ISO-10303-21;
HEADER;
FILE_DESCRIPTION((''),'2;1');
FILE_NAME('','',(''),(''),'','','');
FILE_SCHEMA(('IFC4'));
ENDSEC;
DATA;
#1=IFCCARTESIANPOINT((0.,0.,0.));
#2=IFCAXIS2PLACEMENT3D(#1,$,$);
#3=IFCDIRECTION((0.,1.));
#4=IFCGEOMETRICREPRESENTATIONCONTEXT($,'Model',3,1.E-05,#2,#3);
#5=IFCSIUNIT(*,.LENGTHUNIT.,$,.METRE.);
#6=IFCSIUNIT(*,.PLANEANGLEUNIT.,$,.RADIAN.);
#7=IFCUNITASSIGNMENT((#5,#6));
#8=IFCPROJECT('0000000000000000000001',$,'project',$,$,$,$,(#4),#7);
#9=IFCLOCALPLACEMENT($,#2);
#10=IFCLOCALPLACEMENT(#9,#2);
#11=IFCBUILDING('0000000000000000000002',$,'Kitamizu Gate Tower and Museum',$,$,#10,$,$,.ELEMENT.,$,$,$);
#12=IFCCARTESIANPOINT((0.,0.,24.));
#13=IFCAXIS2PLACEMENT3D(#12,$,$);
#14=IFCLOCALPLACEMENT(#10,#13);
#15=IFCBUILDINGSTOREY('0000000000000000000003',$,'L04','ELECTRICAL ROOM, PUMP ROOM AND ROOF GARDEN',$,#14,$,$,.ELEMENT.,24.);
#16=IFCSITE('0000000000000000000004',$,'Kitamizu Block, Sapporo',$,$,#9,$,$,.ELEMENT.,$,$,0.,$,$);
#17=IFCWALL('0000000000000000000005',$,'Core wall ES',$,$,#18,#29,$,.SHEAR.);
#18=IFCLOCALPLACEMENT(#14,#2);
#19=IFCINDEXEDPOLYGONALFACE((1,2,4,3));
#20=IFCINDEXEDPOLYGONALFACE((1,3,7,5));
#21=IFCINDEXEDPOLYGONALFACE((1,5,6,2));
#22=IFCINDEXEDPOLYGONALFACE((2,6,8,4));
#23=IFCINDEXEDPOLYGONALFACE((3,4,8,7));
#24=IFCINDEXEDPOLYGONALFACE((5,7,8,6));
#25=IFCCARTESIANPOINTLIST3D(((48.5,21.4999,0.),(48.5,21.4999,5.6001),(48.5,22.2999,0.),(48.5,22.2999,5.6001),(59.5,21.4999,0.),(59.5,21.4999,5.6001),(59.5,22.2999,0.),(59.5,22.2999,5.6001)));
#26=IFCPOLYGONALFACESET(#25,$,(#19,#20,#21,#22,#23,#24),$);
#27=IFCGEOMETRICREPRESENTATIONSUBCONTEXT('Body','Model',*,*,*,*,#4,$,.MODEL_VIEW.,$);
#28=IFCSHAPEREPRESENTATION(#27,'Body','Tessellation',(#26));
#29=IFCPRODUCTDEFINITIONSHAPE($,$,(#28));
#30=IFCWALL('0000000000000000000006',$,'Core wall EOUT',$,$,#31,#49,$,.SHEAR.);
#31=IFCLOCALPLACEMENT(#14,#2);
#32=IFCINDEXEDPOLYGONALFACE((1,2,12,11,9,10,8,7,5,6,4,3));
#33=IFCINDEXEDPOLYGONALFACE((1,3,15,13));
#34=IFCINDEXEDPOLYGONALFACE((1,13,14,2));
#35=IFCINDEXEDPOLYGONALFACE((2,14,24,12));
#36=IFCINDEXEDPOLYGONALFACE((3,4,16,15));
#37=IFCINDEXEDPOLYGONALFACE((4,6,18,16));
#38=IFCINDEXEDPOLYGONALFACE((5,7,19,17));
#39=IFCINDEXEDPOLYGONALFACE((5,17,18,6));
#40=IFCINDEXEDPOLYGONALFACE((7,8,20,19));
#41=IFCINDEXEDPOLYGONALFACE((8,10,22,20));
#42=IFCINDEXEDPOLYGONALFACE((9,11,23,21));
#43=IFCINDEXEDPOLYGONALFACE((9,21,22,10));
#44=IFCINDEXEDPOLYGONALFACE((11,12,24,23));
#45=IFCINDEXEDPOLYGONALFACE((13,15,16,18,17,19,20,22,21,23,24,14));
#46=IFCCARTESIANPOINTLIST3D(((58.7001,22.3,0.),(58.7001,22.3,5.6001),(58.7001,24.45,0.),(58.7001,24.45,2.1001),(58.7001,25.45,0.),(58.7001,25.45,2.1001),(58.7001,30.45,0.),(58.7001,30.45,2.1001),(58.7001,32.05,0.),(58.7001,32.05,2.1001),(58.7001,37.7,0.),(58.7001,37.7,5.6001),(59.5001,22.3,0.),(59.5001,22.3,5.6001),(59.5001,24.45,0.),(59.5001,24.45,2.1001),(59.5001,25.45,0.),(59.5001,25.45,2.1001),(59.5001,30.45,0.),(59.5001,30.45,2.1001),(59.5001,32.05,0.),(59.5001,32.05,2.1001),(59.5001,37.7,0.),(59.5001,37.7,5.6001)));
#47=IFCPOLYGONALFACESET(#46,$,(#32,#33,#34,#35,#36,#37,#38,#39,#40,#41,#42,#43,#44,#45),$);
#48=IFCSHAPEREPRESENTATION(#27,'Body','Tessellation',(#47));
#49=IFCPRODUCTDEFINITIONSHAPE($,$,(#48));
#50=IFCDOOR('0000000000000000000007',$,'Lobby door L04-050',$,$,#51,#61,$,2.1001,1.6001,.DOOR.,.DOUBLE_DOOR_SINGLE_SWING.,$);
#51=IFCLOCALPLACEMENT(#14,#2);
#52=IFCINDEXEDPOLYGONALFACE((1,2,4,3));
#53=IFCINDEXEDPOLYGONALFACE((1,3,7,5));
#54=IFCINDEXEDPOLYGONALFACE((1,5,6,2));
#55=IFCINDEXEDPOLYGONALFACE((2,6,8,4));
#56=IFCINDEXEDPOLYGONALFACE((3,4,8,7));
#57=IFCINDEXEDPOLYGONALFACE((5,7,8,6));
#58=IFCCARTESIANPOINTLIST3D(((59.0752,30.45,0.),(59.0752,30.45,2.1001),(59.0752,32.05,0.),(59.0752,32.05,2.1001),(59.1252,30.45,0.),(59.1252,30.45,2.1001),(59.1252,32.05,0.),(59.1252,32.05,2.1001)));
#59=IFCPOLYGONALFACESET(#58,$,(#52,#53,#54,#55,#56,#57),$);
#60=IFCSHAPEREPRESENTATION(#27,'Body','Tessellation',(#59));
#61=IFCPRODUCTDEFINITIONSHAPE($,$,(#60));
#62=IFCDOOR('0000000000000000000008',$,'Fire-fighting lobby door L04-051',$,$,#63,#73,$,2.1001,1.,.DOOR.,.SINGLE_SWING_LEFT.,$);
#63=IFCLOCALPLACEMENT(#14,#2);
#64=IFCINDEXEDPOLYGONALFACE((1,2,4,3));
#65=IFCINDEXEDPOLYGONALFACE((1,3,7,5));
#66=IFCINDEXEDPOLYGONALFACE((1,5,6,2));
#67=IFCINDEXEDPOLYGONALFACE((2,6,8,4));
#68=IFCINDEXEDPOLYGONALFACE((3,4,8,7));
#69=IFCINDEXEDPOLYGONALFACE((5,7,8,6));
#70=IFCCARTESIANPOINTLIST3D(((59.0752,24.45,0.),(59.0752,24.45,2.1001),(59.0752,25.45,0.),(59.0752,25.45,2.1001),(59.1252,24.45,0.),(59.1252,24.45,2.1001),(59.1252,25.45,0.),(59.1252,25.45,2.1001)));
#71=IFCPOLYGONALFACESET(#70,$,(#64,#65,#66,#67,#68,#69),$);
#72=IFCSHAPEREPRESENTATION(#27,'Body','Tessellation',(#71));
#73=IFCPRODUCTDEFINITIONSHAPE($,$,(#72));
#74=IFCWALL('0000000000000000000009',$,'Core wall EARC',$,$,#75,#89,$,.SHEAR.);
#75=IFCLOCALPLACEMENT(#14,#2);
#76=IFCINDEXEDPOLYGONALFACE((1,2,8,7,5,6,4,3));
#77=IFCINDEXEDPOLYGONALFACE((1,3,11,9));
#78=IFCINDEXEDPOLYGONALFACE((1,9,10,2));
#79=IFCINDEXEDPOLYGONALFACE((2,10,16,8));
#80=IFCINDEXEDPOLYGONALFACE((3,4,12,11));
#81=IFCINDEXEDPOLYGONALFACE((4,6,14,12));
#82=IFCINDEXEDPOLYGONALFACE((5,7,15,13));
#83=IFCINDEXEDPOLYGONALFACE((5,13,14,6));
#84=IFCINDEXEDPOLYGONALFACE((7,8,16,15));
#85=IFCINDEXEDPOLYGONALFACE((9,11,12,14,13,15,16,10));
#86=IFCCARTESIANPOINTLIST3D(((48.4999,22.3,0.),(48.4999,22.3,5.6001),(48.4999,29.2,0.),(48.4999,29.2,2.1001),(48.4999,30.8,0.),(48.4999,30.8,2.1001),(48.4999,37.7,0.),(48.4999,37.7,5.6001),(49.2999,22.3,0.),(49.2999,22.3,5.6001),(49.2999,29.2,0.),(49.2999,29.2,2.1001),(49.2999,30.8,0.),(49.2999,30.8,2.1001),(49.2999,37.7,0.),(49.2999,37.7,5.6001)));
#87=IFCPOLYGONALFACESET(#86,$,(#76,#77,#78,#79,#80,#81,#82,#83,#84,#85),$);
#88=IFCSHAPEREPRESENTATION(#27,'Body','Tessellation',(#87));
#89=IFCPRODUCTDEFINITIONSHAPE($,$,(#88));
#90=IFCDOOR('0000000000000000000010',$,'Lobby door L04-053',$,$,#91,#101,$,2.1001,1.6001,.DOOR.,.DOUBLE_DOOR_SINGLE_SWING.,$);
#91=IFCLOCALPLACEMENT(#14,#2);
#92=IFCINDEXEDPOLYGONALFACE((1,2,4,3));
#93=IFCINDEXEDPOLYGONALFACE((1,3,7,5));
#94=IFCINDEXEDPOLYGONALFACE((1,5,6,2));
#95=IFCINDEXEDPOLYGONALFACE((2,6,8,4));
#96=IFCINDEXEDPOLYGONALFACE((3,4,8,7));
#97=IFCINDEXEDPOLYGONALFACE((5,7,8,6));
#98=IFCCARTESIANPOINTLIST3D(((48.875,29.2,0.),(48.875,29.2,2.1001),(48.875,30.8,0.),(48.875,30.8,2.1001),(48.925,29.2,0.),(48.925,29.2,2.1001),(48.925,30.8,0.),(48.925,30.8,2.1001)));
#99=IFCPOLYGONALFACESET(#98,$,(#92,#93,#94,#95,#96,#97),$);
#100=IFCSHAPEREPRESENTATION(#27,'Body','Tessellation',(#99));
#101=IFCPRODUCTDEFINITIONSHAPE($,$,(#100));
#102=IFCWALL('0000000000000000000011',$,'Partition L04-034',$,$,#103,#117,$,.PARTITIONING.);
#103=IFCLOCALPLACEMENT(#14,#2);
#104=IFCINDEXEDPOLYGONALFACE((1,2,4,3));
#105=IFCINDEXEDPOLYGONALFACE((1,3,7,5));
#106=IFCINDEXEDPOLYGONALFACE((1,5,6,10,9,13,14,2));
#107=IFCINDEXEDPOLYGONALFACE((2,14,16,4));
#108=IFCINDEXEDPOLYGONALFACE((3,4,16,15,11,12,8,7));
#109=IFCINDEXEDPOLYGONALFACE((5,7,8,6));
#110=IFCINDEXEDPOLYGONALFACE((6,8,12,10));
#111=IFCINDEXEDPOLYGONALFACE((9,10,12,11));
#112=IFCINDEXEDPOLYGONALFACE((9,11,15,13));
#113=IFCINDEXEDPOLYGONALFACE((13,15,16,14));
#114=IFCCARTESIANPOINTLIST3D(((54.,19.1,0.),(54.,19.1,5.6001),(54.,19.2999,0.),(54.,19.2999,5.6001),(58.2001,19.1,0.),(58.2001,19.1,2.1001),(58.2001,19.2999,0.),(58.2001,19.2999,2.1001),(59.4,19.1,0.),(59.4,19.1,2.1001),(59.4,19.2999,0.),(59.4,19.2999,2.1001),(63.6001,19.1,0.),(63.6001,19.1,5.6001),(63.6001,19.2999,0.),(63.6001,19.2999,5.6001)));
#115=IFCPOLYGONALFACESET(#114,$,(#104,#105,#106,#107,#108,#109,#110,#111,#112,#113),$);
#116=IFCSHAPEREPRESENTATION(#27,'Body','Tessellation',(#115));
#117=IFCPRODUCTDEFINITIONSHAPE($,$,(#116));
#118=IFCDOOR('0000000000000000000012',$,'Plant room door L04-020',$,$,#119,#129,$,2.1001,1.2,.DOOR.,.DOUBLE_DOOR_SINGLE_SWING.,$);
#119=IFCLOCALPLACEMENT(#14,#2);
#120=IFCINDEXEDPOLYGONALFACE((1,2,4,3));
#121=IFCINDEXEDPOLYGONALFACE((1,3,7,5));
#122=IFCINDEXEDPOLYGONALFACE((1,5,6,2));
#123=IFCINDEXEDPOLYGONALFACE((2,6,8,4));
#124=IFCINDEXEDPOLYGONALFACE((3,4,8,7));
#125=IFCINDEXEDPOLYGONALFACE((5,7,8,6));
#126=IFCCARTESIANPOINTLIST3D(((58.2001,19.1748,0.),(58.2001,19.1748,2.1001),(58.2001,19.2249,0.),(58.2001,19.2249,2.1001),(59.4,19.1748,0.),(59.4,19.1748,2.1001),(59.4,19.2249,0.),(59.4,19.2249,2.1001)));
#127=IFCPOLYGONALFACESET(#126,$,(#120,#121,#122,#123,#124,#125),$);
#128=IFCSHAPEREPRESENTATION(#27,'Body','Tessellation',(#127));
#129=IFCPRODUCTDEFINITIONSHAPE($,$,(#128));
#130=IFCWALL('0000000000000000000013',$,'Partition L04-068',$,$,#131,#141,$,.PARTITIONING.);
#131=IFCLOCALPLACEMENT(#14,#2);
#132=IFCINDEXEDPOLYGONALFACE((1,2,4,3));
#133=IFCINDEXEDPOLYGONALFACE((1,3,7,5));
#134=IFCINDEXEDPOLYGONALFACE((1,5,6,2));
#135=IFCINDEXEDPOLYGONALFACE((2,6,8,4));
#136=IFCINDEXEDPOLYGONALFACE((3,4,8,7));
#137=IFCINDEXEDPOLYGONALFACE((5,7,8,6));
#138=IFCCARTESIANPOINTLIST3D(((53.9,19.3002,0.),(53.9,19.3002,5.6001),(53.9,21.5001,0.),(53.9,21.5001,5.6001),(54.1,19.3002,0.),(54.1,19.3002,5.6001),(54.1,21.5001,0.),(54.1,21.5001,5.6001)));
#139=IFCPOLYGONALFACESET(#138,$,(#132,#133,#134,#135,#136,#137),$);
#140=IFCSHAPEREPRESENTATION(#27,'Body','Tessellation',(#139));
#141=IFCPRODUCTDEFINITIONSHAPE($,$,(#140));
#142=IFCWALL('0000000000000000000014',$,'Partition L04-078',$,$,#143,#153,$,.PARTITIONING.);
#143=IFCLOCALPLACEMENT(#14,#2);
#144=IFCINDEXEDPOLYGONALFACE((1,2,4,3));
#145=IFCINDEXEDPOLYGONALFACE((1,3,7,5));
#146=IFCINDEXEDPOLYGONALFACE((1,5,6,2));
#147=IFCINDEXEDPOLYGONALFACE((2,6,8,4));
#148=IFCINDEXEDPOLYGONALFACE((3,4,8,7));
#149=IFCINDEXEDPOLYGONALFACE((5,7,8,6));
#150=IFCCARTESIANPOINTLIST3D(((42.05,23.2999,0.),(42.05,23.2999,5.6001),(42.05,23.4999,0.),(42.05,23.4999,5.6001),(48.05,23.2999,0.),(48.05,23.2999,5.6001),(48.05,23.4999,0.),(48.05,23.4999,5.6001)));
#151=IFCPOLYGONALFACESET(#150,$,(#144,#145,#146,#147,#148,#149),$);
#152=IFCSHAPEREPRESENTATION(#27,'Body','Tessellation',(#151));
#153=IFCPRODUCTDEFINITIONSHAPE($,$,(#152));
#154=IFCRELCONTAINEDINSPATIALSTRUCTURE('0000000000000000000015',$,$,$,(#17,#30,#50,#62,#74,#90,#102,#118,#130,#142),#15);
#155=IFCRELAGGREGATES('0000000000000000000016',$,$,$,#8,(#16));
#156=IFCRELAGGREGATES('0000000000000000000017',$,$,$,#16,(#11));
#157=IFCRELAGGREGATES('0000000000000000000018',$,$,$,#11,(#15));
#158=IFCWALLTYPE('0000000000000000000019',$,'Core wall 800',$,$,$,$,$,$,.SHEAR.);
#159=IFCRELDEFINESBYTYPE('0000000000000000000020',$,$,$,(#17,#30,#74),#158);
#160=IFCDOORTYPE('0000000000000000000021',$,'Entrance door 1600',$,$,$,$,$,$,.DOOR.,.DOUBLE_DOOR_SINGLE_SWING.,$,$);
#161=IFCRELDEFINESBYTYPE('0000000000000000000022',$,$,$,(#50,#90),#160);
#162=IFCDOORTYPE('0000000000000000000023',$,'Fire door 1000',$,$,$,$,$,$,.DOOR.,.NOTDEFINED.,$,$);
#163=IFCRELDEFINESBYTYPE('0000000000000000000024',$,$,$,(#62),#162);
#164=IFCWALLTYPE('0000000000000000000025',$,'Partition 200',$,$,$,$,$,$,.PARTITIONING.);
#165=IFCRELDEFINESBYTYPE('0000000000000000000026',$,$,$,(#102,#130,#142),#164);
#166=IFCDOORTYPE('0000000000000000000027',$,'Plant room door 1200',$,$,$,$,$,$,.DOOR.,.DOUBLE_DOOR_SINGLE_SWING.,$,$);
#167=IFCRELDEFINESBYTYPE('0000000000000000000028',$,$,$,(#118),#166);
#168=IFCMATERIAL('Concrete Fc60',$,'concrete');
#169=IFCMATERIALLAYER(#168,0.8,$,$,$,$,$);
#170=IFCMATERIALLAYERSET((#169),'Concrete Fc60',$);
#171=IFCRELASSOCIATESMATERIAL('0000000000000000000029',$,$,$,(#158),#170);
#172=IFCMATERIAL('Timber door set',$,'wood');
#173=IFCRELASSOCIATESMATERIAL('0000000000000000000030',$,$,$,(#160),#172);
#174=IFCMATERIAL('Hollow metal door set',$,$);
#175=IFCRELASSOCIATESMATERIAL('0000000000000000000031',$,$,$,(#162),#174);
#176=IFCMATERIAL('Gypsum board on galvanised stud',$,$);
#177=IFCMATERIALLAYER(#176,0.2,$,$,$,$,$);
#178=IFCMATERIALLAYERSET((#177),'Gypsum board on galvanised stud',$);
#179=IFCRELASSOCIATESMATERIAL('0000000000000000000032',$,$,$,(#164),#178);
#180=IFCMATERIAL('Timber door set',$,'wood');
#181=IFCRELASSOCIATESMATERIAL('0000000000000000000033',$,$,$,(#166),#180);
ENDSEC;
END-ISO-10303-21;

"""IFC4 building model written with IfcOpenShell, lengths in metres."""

from ifc_helpers import new_model, si_unit, direction, frame, frame_2d, origin, place, context, subcontext, project, spatial, rectangle, extrude, material, layer, layer_set, type_object, element, fill, save


model = new_model("IFC4")

# Units and contexts
model_context = context("Model", 3, precision=1e-05, world=origin(), true_north=direction((0.0, 1.0)))
body_context = subcontext(model_context, "Body", "Model", "MODEL_VIEW")
ifc_project = project(units=[si_unit("LENGTHUNIT", "METRE"), si_unit("PLANEANGLEUNIT", "RADIAN")], contexts=[model_context])

# Site, building, storey
site_placement = place(None, origin())
site = spatial("IfcSite", under=ifc_project, at=site_placement, Name="Kitamizu Block, Sapporo", CompositionType="ELEMENT", RefElevation=0.0)
building_placement = place(site_placement, origin())
building = spatial("IfcBuilding", under=site, at=building_placement, Name="Kitamizu Gate Tower and Museum", CompositionType="ELEMENT")
storey_placement = place(building_placement, frame((0.0, 0.0, 24.0)))
storey = spatial("IfcBuildingStorey", under=building, at=storey_placement, Name="L04", Description="ELECTRICAL ROOM, PUMP ROOM AND ROOF GARDEN", CompositionType="ELEMENT", Elevation=24.0)

# Wall
ifc_material_1 = material(Name="Concrete Fc60", Category="concrete")
ifc_layer_1 = layer(ifc_material_1, 0.8)
ifc_layer_set_1 = layer_set([ifc_layer_1], Name="Concrete Fc60")
wall_type_1 = type_object("IfcWallType", Name="Core wall 800", PredefinedType="SHEAR", material=ifc_layer_set_1)
wall_1_placement = place(storey_placement, frame((59.5, 21.8999, 0.0), z_axis=(0.0, 0.0, 1.0), x_axis=(-1.0, 0.0, 0.0)))
element("IfcWall", 1, at=wall_1_placement, inside=storey, type_object=wall_type_1, Name="Core wall ES", PredefinedType="SHEAR", context=body_context, shape_type="SweptSolid", body=[
    extrude(rectangle(XDim=11.0, YDim=0.8, at=frame_2d((5.5, 0.0))), origin(), (0.0, 0.0, 1.0), 5.6001),
])

# Wall, openings, doors
wall_2_placement = place(storey_placement, frame((59.1001, 22.3, 0.0), z_axis=(0.0, 0.0, 1.0), x_axis=(0.0, 1.0, 0.0)))
wall_2 = element("IfcWall", 2, at=wall_2_placement, inside=storey, type_object=wall_type_1, Name="Core wall EOUT", PredefinedType="SHEAR", context=body_context, shape_type="SweptSolid", body=[
    extrude(rectangle(XDim=15.3999, YDim=0.8, at=frame_2d((7.7, 0.0))), origin(), (0.0, 0.0, 1.0), 5.6001),
])
opening_1_placement = place(wall_2_placement, frame((8.1499, 0.0, 0.0)))
opening_1 = element("IfcOpeningElement", 3, at=opening_1_placement, cuts=wall_2, PredefinedType="OPENING", context=body_context, shape_type="SweptSolid", body=[
    extrude(rectangle(XDim=1.6001, YDim=2.1001, at=frame_2d((0.8, 1.05))), frame((0.0, 0.4102, 0.0), z_axis=(0.0, -1.0, 0.0), x_axis=(1.0, 0.0, 0.0)), (0.0, 0.0, 1.0), 0.8201),
])
opening_2_placement = place(wall_2_placement, frame((2.1499, 0.0, 0.0)))
opening_2 = element("IfcOpeningElement", 4, at=opening_2_placement, cuts=wall_2, PredefinedType="OPENING", context=body_context, shape_type="SweptSolid", body=[
    extrude(rectangle(XDim=1.0, YDim=2.1001, at=frame_2d((0.5, 1.05))), frame((0.0, 0.4102, 0.0), z_axis=(0.0, -1.0, 0.0), x_axis=(1.0, 0.0, 0.0)), (0.0, 0.0, 1.0), 0.8201),
])
ifc_material_2 = material(Name="Timber door set", Category="wood")
door_type_1 = type_object("IfcDoorType", Name="Entrance door 1600", OperationType="DOUBLE_DOOR_SINGLE_SWING", PredefinedType="DOOR", material=ifc_material_2)
door_1_placement = place(opening_1_placement, origin())
door_1 = element("IfcDoor", 5, at=door_1_placement, inside=storey, type_object=door_type_1, Name="Lobby door L04-050", OperationType="DOUBLE_DOOR_SINGLE_SWING", OverallHeight=2.1001, OverallWidth=1.6001, PredefinedType="DOOR", context=body_context, shape_type="SweptSolid", body=[
    extrude(rectangle(XDim=1.6001, YDim=2.1001, at=frame_2d((0.8, 1.05))), frame((0.0, 0.0249, 0.0), z_axis=(0.0, -1.0, 0.0), x_axis=(1.0, 0.0, 0.0)), (0.0, 0.0, 1.0), 0.05),
])
fill(opening_1, door_1)
ifc_material_3 = material(Name="Hollow metal door set")
door_type_2 = type_object("IfcDoorType", Name="Fire door 1000", OperationType="NOTDEFINED", PredefinedType="DOOR", material=ifc_material_3)
door_2_placement = place(opening_2_placement, origin())
door_2 = element("IfcDoor", 6, at=door_2_placement, inside=storey, type_object=door_type_2, Name="Fire-fighting lobby door L04-051", OperationType="SINGLE_SWING_LEFT", OverallHeight=2.1001, OverallWidth=1.0, PredefinedType="DOOR", context=body_context, shape_type="SweptSolid", body=[
    extrude(rectangle(XDim=1.0, YDim=2.1001, at=frame_2d((0.5, 1.05))), frame((0.0, 0.0249, 0.0), z_axis=(0.0, -1.0, 0.0), x_axis=(1.0, 0.0, 0.0)), (0.0, 0.0, 1.0), 0.05),
])
fill(opening_2, door_2)

# Walls, openings, doors
wall_3_placement = place(storey_placement, frame((48.8999, 22.3, 0.0), z_axis=(0.0, 0.0, 1.0), x_axis=(0.0, 1.0, 0.0)))
wall_3 = element("IfcWall", 7, at=wall_3_placement, inside=storey, type_object=wall_type_1, Name="Core wall EARC", PredefinedType="SHEAR", context=body_context, shape_type="SweptSolid", body=[
    extrude(rectangle(XDim=15.3999, YDim=0.8, at=frame_2d((7.7, 0.0))), origin(), (0.0, 0.0, 1.0), 5.6001),
])
opening_3_placement = place(wall_3_placement, frame((6.8999, 0.0, 0.0)))
opening_3 = element("IfcOpeningElement", 8, at=opening_3_placement, cuts=wall_3, PredefinedType="OPENING", context=body_context, shape_type="SweptSolid", body=[
    extrude(rectangle(XDim=1.6001, YDim=2.1001, at=frame_2d((0.8, 1.05))), frame((0.0, 0.4102, 0.0), z_axis=(0.0, -1.0, 0.0), x_axis=(1.0, 0.0, 0.0)), (0.0, 0.0, 1.0), 0.8201),
])
door_3_placement = place(opening_3_placement, origin())
door_3 = element("IfcDoor", 9, at=door_3_placement, inside=storey, type_object=door_type_1, Name="Lobby door L04-053", OperationType="DOUBLE_DOOR_SINGLE_SWING", OverallHeight=2.1001, OverallWidth=1.6001, PredefinedType="DOOR", context=body_context, shape_type="SweptSolid", body=[
    extrude(rectangle(XDim=1.6001, YDim=2.1001, at=frame_2d((0.8, 1.05))), frame((0.0, 0.0249, 0.0), z_axis=(0.0, -1.0, 0.0), x_axis=(1.0, 0.0, 0.0)), (0.0, 0.0, 1.0), 0.05),
])
fill(opening_3, door_3)
ifc_material_4 = material(Name="Gypsum board on galvanised stud")
ifc_layer_2 = layer(ifc_material_4, 0.2)
ifc_layer_set_2 = layer_set([ifc_layer_2], Name="Gypsum board on galvanised stud")
wall_type_2 = type_object("IfcWallType", Name="Partition 200", PredefinedType="PARTITIONING", material=ifc_layer_set_2)
wall_4_placement = place(storey_placement, frame((54.0, 19.2, 0.0), z_axis=(0.0, 0.0, 1.0), x_axis=(1.0, 0.0, 0.0)))
wall_4 = element("IfcWall", 10, at=wall_4_placement, inside=storey, type_object=wall_type_2, Name="Partition L04-034", PredefinedType="PARTITIONING", context=body_context, shape_type="SweptSolid", body=[
    extrude(rectangle(XDim=9.6001, YDim=0.2, at=frame_2d((4.8, 0.0))), origin(), (0.0, 0.0, 1.0), 5.6001),
])
opening_4_placement = place(wall_4_placement, frame((4.2, 0.0, 0.0)))
opening_4 = element("IfcOpeningElement", 11, at=opening_4_placement, cuts=wall_4, PredefinedType="OPENING", context=body_context, shape_type="SweptSolid", body=[
    extrude(rectangle(XDim=1.2, YDim=2.1001, at=frame_2d((0.6001, 1.05))), frame((0.0, 0.1099, 0.0), z_axis=(0.0, -1.0, 0.0), x_axis=(1.0, 0.0, 0.0)), (0.0, 0.0, 1.0), 0.22),
])
ifc_material_5 = material(Name="Timber door set", Category="wood")
door_type_3 = type_object("IfcDoorType", Name="Plant room door 1200", OperationType="DOUBLE_DOOR_SINGLE_SWING", PredefinedType="DOOR", material=ifc_material_5)
door_4_placement = place(opening_4_placement, origin())
door_4 = element("IfcDoor", 12, at=door_4_placement, inside=storey, type_object=door_type_3, Name="Plant room door L04-020", OperationType="DOUBLE_DOOR_SINGLE_SWING", OverallHeight=2.1001, OverallWidth=1.2, PredefinedType="DOOR", context=body_context, shape_type="SweptSolid", body=[
    extrude(rectangle(XDim=1.2, YDim=2.1001, at=frame_2d((0.6001, 1.05))), frame((0.0, 0.0249, 0.0), z_axis=(0.0, -1.0, 0.0), x_axis=(1.0, 0.0, 0.0)), (0.0, 0.0, 1.0), 0.05),
])
fill(opening_4, door_4)

# Walls
wall_5_placement = place(storey_placement, frame((54.0, 19.3, 0.0), z_axis=(0.0, 0.0, 1.0), x_axis=(0.0, 1.0, 0.0)))
element("IfcWall", 13, at=wall_5_placement, inside=storey, type_object=wall_type_2, Name="Partition L04-068", PredefinedType="PARTITIONING", context=body_context, shape_type="SweptSolid", body=[
    extrude(rectangle(XDim=2.2, YDim=0.2, at=frame_2d((1.1001, 0.0))), origin(), (0.0, 0.0, 1.0), 5.6001),
])
wall_6_placement = place(storey_placement, frame((48.05, 23.3999, 0.0), z_axis=(0.0, 0.0, 1.0), x_axis=(-1.0, 0.0, 0.0)))
element("IfcWall", 14, at=wall_6_placement, inside=storey, type_object=wall_type_2, Name="Partition L04-078", PredefinedType="PARTITIONING", context=body_context, shape_type="SweptSolid", body=[
    extrude(rectangle(XDim=6.0, YDim=0.2, at=frame_2d((3.0, 0.0))), origin(), (0.0, 0.0, 1.0), 5.6001),
])

save(model, "model.ifc")
